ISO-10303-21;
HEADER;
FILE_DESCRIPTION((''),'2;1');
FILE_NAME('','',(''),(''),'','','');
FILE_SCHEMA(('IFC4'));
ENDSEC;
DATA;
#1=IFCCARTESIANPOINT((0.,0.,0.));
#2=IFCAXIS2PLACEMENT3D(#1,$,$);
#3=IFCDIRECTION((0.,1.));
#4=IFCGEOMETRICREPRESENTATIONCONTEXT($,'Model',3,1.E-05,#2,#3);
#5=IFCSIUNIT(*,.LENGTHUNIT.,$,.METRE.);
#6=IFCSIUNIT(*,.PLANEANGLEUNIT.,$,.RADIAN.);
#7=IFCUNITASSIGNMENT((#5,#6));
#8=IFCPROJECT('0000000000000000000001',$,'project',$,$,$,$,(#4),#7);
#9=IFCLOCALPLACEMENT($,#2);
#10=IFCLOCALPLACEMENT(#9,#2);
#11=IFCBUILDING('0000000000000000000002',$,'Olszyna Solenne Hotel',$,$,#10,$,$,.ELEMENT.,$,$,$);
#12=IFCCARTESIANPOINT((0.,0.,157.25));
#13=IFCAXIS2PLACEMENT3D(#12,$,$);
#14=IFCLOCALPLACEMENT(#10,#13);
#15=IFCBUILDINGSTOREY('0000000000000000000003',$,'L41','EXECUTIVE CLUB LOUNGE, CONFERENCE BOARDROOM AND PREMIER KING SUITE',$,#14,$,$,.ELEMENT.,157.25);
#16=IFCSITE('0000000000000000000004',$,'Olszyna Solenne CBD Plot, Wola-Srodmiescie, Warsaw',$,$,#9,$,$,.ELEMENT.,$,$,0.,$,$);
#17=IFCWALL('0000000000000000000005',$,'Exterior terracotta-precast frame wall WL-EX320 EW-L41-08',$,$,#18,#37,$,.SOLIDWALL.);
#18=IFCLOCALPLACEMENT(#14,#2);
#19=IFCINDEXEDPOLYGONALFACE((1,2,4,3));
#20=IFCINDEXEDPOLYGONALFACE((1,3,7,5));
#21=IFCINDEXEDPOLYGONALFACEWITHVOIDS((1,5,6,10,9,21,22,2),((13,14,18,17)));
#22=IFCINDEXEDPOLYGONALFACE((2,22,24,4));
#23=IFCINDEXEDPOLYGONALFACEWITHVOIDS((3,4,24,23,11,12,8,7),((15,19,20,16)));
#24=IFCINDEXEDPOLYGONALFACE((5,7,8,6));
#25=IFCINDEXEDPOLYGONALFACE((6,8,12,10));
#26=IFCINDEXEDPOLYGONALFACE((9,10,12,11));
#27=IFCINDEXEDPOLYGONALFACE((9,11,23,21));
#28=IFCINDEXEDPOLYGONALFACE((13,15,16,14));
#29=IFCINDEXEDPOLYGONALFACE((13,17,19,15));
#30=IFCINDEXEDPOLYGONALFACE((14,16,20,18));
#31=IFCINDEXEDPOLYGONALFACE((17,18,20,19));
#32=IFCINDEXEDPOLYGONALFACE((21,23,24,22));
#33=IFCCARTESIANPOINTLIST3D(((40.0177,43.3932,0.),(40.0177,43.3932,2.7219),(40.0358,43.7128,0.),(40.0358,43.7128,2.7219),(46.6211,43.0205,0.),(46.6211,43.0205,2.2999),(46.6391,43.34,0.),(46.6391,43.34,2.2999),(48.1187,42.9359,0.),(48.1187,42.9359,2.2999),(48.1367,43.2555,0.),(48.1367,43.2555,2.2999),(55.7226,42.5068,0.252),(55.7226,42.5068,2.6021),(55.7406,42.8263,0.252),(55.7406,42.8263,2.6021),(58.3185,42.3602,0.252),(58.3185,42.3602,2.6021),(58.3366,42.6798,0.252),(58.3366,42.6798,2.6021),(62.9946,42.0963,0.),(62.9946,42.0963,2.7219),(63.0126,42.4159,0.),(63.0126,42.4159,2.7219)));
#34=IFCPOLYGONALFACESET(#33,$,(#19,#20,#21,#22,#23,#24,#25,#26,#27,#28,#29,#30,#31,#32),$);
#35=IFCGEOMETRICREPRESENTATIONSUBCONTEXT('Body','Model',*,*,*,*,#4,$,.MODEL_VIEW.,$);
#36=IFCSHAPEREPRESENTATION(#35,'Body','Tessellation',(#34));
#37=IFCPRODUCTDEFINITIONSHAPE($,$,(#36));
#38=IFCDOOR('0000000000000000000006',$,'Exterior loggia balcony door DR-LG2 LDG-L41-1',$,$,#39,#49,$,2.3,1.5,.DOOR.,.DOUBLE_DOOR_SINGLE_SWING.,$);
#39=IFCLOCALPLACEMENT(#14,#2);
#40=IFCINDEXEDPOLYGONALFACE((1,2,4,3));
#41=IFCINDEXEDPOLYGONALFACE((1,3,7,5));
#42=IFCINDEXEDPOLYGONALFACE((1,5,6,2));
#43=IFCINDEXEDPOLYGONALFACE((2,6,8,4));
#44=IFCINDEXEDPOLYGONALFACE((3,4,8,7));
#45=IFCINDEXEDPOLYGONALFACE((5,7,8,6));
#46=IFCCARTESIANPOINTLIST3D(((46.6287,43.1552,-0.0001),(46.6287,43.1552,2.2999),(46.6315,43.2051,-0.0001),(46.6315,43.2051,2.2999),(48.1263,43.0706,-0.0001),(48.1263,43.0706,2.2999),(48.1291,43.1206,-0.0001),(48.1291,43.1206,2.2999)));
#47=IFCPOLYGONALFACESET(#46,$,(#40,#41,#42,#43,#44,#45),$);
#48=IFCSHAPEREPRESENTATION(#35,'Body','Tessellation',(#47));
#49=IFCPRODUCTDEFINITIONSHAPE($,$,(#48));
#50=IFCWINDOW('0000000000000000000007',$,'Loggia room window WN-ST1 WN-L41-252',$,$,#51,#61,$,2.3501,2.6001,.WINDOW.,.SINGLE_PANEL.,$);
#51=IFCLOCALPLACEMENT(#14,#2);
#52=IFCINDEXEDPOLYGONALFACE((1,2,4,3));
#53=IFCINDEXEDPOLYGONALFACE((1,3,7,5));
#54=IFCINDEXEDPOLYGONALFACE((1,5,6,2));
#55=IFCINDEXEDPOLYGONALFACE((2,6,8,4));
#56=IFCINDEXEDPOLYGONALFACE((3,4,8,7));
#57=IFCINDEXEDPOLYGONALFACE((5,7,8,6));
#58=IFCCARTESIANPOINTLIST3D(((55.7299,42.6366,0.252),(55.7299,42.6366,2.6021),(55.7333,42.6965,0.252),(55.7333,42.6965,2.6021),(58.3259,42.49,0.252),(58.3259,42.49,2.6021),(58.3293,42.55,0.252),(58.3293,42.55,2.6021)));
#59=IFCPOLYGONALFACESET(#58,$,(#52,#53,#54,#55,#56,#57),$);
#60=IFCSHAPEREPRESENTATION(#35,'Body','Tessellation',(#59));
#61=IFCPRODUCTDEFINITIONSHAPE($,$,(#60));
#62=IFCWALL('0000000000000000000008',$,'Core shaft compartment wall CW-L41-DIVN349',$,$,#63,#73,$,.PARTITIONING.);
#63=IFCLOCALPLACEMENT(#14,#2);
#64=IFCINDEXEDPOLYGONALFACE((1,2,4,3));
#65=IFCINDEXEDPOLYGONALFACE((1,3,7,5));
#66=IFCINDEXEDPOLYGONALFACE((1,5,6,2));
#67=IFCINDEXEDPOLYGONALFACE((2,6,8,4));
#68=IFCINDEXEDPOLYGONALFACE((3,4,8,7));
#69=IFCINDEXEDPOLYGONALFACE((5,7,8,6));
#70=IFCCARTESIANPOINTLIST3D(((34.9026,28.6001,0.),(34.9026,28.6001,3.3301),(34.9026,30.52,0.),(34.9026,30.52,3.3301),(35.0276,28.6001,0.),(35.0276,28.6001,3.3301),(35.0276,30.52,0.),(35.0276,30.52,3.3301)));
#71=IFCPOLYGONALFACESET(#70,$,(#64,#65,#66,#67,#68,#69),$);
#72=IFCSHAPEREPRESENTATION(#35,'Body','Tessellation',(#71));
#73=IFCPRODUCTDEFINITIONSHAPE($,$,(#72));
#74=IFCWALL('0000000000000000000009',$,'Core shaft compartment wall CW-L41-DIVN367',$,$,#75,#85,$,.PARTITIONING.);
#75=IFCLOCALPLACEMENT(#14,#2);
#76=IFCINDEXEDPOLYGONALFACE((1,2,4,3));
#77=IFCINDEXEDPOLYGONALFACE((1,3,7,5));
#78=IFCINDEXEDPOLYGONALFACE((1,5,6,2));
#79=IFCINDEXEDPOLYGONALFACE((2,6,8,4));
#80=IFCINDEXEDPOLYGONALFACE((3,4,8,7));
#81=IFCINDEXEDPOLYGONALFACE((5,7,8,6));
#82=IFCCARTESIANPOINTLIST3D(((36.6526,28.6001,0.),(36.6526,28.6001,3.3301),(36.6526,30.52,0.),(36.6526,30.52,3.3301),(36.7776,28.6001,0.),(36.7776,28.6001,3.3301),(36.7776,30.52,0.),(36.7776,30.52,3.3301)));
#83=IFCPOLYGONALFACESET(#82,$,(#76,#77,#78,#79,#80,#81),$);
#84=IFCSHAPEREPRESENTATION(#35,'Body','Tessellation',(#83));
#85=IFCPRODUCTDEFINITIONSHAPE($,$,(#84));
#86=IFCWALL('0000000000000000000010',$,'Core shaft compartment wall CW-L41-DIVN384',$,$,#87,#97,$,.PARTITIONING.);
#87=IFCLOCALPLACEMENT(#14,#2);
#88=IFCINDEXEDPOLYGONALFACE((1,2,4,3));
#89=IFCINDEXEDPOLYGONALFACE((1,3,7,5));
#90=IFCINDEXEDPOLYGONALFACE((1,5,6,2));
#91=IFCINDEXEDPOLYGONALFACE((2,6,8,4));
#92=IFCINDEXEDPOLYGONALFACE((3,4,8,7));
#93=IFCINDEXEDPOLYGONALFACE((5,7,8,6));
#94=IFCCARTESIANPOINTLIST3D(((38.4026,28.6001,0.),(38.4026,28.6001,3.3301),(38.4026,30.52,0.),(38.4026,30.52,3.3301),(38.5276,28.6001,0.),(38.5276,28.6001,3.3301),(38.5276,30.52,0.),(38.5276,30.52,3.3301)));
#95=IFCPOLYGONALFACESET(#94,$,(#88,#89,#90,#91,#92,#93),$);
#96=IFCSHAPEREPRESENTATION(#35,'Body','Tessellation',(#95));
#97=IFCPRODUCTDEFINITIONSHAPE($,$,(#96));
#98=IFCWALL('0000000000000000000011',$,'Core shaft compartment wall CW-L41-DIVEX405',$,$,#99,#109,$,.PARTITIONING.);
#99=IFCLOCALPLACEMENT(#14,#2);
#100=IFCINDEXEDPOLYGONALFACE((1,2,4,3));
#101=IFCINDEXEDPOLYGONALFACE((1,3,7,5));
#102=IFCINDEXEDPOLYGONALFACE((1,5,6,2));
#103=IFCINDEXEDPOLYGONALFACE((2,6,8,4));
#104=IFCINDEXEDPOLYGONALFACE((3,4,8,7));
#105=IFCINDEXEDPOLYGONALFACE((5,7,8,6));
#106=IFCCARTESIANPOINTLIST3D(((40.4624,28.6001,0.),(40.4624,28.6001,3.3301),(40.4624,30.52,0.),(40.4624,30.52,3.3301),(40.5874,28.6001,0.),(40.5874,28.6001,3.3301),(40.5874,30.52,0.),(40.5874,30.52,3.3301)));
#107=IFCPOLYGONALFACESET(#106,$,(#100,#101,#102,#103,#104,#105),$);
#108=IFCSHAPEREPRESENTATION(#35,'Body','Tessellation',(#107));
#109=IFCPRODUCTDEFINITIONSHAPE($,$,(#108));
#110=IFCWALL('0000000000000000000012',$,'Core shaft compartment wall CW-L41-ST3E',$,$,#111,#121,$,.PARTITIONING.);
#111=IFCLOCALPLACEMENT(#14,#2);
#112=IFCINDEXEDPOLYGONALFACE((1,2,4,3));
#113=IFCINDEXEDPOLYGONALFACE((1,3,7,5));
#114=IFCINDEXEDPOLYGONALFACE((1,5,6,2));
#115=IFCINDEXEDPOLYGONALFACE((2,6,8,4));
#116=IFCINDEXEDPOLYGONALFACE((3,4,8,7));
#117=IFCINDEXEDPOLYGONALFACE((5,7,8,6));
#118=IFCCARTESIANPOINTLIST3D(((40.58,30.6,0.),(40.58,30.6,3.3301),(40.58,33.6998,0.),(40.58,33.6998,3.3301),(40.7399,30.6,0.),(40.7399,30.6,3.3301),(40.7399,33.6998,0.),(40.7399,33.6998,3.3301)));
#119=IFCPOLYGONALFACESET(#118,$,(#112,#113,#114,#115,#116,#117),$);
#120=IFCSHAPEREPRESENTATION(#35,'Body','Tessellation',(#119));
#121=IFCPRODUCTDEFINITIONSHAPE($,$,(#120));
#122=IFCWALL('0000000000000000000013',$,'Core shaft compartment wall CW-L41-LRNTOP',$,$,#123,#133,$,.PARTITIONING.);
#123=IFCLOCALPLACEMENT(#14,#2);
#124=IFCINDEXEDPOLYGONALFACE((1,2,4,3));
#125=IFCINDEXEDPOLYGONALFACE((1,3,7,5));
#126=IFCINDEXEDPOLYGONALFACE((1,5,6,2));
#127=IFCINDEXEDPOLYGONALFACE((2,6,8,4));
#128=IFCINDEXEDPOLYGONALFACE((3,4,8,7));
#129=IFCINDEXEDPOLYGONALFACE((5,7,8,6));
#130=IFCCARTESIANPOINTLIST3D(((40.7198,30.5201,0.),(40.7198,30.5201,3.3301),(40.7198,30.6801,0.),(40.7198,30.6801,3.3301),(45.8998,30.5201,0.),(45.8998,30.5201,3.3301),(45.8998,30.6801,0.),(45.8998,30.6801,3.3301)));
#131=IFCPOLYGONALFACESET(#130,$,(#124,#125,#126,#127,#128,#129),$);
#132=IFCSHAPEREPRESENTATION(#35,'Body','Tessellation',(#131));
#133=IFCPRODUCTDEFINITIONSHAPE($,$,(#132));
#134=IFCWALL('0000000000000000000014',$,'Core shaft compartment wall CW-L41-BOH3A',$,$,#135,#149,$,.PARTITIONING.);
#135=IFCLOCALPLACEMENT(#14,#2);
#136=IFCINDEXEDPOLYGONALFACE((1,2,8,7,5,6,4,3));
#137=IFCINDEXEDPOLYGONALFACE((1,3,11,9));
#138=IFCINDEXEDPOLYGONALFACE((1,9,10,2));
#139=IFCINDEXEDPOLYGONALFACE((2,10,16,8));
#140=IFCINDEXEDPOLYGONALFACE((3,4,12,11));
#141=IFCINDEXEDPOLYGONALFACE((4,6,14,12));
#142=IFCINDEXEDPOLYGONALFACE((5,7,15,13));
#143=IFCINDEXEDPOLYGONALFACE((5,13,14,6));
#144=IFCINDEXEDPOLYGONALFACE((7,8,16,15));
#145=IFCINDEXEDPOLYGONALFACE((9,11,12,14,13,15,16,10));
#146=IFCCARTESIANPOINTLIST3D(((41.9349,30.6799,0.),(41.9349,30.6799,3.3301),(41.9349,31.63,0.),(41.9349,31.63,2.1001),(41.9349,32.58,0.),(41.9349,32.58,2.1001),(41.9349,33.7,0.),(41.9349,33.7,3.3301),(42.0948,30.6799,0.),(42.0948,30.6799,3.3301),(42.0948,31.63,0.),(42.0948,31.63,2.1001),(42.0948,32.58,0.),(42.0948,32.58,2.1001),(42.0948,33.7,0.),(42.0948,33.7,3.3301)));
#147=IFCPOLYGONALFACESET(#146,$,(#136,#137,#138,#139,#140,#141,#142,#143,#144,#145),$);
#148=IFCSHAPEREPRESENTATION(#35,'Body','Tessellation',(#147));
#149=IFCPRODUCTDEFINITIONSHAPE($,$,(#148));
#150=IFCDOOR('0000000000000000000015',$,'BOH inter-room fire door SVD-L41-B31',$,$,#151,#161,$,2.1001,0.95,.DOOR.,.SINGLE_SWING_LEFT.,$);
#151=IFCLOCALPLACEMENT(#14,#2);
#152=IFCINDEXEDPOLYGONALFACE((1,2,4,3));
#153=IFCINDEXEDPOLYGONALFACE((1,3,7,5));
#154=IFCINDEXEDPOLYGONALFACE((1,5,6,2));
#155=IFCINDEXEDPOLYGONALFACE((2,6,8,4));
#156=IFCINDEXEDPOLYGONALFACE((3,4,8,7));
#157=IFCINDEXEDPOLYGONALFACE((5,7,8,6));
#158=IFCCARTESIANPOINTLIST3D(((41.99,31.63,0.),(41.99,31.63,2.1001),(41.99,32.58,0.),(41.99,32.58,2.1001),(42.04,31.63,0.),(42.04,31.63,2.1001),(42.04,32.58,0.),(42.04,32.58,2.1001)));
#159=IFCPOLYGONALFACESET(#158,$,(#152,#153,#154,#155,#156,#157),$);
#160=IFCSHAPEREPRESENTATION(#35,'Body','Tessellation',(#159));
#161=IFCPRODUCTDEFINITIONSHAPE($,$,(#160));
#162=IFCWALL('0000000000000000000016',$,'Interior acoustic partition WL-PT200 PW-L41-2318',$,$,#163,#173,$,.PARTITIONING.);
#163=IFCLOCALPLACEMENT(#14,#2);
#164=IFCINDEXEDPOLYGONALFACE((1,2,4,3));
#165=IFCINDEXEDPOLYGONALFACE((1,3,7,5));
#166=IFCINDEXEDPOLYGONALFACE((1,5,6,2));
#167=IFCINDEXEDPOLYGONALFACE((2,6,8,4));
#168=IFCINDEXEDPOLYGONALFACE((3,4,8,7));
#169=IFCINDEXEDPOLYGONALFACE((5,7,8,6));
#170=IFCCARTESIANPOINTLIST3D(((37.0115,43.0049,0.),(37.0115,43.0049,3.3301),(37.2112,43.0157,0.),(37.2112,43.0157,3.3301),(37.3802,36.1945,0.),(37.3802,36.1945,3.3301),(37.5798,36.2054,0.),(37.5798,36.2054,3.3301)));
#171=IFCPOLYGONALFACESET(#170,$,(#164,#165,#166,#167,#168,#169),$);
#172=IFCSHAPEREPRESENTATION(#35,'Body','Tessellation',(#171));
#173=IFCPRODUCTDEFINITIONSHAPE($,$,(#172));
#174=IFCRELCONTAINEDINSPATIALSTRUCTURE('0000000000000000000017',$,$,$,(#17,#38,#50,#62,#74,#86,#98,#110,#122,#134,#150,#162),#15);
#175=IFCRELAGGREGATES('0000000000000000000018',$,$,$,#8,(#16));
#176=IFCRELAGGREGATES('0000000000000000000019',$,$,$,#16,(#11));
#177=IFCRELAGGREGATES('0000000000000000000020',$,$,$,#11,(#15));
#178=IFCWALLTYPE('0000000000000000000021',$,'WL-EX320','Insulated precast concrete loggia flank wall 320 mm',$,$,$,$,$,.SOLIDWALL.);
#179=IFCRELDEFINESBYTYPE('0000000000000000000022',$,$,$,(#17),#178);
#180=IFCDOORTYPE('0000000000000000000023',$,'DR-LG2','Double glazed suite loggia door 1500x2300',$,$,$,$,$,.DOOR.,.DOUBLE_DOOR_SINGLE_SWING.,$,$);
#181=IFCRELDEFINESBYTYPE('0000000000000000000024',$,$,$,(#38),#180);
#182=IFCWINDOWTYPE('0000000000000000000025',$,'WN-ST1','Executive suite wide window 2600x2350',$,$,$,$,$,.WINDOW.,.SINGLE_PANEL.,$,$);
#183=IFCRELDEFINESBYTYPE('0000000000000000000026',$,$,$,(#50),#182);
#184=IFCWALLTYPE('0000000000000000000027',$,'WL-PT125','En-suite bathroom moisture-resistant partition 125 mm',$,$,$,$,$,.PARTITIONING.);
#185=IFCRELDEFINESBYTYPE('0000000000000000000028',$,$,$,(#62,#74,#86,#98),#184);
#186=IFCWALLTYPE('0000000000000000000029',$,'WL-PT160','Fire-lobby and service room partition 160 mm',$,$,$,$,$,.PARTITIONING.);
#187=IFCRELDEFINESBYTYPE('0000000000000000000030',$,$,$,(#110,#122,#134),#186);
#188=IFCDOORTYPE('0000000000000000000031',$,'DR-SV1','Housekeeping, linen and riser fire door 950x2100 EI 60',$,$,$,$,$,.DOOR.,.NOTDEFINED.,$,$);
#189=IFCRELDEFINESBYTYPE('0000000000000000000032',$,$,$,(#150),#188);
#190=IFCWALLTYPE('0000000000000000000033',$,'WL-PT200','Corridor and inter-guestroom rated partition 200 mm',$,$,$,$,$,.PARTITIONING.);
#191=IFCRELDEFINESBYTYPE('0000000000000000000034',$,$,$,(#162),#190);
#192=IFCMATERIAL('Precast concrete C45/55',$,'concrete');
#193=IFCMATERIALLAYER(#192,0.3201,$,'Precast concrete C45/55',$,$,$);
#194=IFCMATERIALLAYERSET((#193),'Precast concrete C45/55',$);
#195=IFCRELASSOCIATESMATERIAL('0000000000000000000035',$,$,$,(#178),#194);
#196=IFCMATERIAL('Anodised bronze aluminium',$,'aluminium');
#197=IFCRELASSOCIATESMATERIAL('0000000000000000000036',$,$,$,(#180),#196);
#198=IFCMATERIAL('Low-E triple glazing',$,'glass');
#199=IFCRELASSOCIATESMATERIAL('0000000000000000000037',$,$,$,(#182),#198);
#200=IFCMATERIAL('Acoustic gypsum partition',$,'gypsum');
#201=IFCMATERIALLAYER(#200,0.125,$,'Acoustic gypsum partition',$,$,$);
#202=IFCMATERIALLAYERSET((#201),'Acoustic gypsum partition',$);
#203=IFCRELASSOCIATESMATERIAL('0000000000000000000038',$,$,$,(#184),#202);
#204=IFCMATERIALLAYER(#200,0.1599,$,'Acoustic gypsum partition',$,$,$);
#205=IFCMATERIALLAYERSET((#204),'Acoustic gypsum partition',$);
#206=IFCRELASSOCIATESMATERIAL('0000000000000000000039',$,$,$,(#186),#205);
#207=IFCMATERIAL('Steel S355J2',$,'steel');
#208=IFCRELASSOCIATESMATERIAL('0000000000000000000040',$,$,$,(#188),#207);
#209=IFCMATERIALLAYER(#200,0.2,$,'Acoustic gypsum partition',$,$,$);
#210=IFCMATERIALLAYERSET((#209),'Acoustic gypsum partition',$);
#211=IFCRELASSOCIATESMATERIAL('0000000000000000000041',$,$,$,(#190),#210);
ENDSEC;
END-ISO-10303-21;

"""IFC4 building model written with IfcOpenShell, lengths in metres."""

from ifc_helpers import new_model, si_unit, direction, frame, frame_2d, origin, place, context, subcontext, project, spatial, rectangle, extrude, source, transform, mapped, material, layer, layer_set, type_object, type_shapes, element, fill, save


model = new_model("IFC4")

# Units and contexts
model_context = context("Model", 3, precision=1e-05, world=origin(), true_north=direction((0.0, 1.0)))
body_context = subcontext(model_context, "Body", "Model", "MODEL_VIEW")
ifc_project = project(units=[si_unit("LENGTHUNIT", "METRE"), si_unit("PLANEANGLEUNIT", "RADIAN")], contexts=[model_context])

# Site, building, storey
site_placement = place(None, origin())
site = spatial("IfcSite", under=ifc_project, at=site_placement, Name="Olszyna Solenne CBD Plot, Wola-Srodmiescie, Warsaw", CompositionType="ELEMENT", RefElevation=0.0)
building_placement = place(site_placement, origin())
building = spatial("IfcBuilding", under=site, at=building_placement, Name="Olszyna Solenne Hotel", CompositionType="ELEMENT")
storey_placement = place(building_placement, frame((0.0, 0.0, 157.25)))
storey = spatial("IfcBuildingStorey", under=building, at=storey_placement, Name="L41", Description="EXECUTIVE CLUB LOUNGE, CONFERENCE BOARDROOM AND PREMIER KING SUITE", CompositionType="ELEMENT", Elevation=157.25)

# Shared definitions
ifc_material_1 = material(Name="Steel S355J2", Category="steel")

# Wall, openings, door, window
ifc_material_2 = material(Name="Precast concrete C45/55", Category="concrete")
ifc_layer_1 = layer(ifc_material_2, 0.3201, Name="Precast concrete C45/55")
ifc_layer_set_1 = layer_set([ifc_layer_1], Name="Precast concrete C45/55")
wall_type_1 = type_object("IfcWallType", Name="WL-EX320", Description="Insulated precast concrete loggia flank wall 320 mm", PredefinedType="SOLIDWALL", material=ifc_layer_set_1)
wall_1_placement = place(storey_placement, frame((40.0266, 43.553, 0.0), z_axis=(0.0, 0.0, 1.0), x_axis=(0.998411, -0.056353, 0.0)))
wall_1 = element("IfcWall", 1, at=wall_1_placement, inside=storey, type_object=wall_type_1, Name="Exterior terracotta-precast frame wall WL-EX320 EW-L41-08", PredefinedType="SOLIDWALL", context=body_context, shape_type="SweptSolid", body=[
    extrude(rectangle(XDim=23.0134, YDim=0.3201, at=frame_2d((11.5068, 0.0))), origin(), (0.0, 0.0, 1.0), 2.7219),
])
opening_1_placement = place(wall_1_placement, frame((6.614, 0.0, 0.0)))
opening_1 = element("IfcOpeningElement", 2, at=opening_1_placement, cuts=wall_1, PredefinedType="OPENING", context=body_context, shape_type="SweptSolid", body=[
    extrude(rectangle(XDim=1.5, YDim=2.3, at=frame_2d((0.75, 1.1499))), frame((0.0, 0.1699, 0.0), z_axis=(0.0, -1.0, 0.0), x_axis=(1.0, 0.0, 0.0)), (0.0, 0.0, 1.0), 0.3401),
])
opening_2_placement = place(wall_1_placement, frame((15.73, 0.0, 0.252)))
opening_2 = element("IfcOpeningElement", 3, at=opening_2_placement, cuts=wall_1, PredefinedType="OPENING", context=body_context, shape_type="SweptSolid", body=[
    extrude(rectangle(XDim=2.6001, YDim=2.3501, at=frame_2d((1.3, 1.175))), frame((0.0, 0.1699, 0.0), z_axis=(0.0, -1.0, 0.0), x_axis=(1.0, 0.0, 0.0)), (0.0, 0.0, 1.0), 0.3401),
])
ifc_material_3 = material(Name="Anodised bronze aluminium", Category="aluminium")
door_type_1 = type_object("IfcDoorType", Name="DR-LG2", Description="Double glazed suite loggia door 1500x2300", OperationType="DOUBLE_DOOR_SINGLE_SWING", PredefinedType="DOOR", material=ifc_material_3)
shared_shape_1 = source(origin(), body_context, "Body", "SweptSolid", [
    extrude(rectangle(XDim=1.5, YDim=2.3, at=frame_2d((0.75, 1.1499))), frame((0.0, 0.0249, 0.0), z_axis=(0.0, -1.0, 0.0), x_axis=(1.0, 0.0, 0.0)), (0.0, 0.0, 1.0), 0.05),
])
type_shapes(door_type_1, [shared_shape_1])
door_1_placement = place(opening_1_placement, origin())
door_1 = element("IfcDoor", 4, at=door_1_placement, inside=storey, type_object=door_type_1, Name="Exterior loggia balcony door DR-LG2 LDG-L41-1", OperationType="DOUBLE_DOOR_SINGLE_SWING", OverallHeight=2.3, OverallWidth=1.5, PredefinedType="DOOR", context=body_context, shape_type="MappedRepresentation", body=[
    mapped(shared_shape_1, transform((0.0, 0.0, 0.0), x_axis=(1.0, 0.0, 0.0), y_axis=(0.0, 1.0, 0.0), z_axis=(0.0, 0.0, 1.0), scale=1.0)),
])
fill(opening_1, door_1)
ifc_material_4 = material(Name="Low-E triple glazing", Category="glass")
window_type = type_object("IfcWindowType", Name="WN-ST1", Description="Executive suite wide window 2600x2350", PartitioningType="SINGLE_PANEL", PredefinedType="WINDOW", material=ifc_material_4)
shared_shape_2 = source(origin(), body_context, "Body", "SweptSolid", [
    extrude(rectangle(XDim=2.6001, YDim=2.3501, at=frame_2d((1.3, 1.175))), frame((0.0, 0.03, 0.0), z_axis=(0.0, -1.0, 0.0), x_axis=(1.0, 0.0, 0.0)), (0.0, 0.0, 1.0), 0.0601),
])
type_shapes(window_type, [shared_shape_2])
window_placement = place(opening_2_placement, origin())
window = element("IfcWindow", 5, at=window_placement, inside=storey, type_object=window_type, Name="Loggia room window WN-ST1 WN-L41-252", OverallHeight=2.3501, OverallWidth=2.6001, PartitioningType="SINGLE_PANEL", PredefinedType="WINDOW", context=body_context, shape_type="MappedRepresentation", body=[
    mapped(shared_shape_2, transform((0.0, 0.0, 0.0), x_axis=(1.0, 0.0, 0.0), y_axis=(0.0, 1.0, 0.0), z_axis=(0.0, 0.0, 1.0), scale=1.0)),
])
fill(opening_2, window)

# Walls
ifc_material_5 = material(Name="Acoustic gypsum partition", Category="gypsum")
ifc_layer_2 = layer(ifc_material_5, 0.125, Name="Acoustic gypsum partition")
ifc_layer_set_2 = layer_set([ifc_layer_2], Name="Acoustic gypsum partition")
wall_type_2 = type_object("IfcWallType", Name="WL-PT125", Description="En-suite bathroom moisture-resistant partition 125 mm", PredefinedType="PARTITIONING", material=ifc_layer_set_2)
for number, where, z_axis, x_axis, name in (
    (6, (34.9651, 28.6001, 0.0), (0.0, 0.0, 1.0), (0.0, 1.0, 0.0), "Core shaft compartment wall CW-L41-DIVN349"),
    (7, (36.7151, 28.6001, 0.0), (0.0, 0.0, 1.0), (0.0, 1.0, 0.0), "Core shaft compartment wall CW-L41-DIVN367"),
    (8, (38.4651, 28.6001, 0.0), (0.0, 0.0, 1.0), (0.0, 1.0, 0.0), "Core shaft compartment wall CW-L41-DIVN384"),
    (9, (40.5249, 28.6001, 0.0), (0.0, 0.0, 1.0), (0.0, 1.0, 0.0), "Core shaft compartment wall CW-L41-DIVEX405"),
):
    element("IfcWall", number, at=place(storey_placement, frame(where, z_axis=z_axis, x_axis=x_axis)), inside=storey, type_object=wall_type_2, Name=name, PredefinedType="PARTITIONING", context=body_context, shape_type="SweptSolid", body=[
        extrude(rectangle(XDim=1.9199, YDim=0.125, at=frame_2d((0.96, 0.0))), origin(), (0.0, 0.0, 1.0), 3.3301),
    ])
ifc_layer_3 = layer(ifc_material_5, 0.1599, Name="Acoustic gypsum partition")
ifc_layer_set_3 = layer_set([ifc_layer_3], Name="Acoustic gypsum partition")
wall_type_3 = type_object("IfcWallType", Name="WL-PT160", Description="Fire-lobby and service room partition 160 mm", PredefinedType="PARTITIONING", material=ifc_layer_set_3)
wall_2_placement = place(storey_placement, frame((40.6599, 30.6001, 0.0), z_axis=(0.0, 0.0, 1.0), x_axis=(0.0, 1.0, 0.0)))
element("IfcWall", 10, at=wall_2_placement, inside=storey, type_object=wall_type_3, Name="Core shaft compartment wall CW-L41-ST3E", PredefinedType="PARTITIONING", context=body_context, shape_type="SweptSolid", body=[
    extrude(rectangle(XDim=3.0999, YDim=0.1599, at=frame_2d((1.5498, 0.0))), origin(), (0.0, 0.0, 1.0), 3.3301),
])
wall_3_placement = place(storey_placement, frame((40.72, 30.6001, 0.0), z_axis=(0.0, 0.0, 1.0), x_axis=(1.0, 0.0, 0.0)))
element("IfcWall", 11, at=wall_3_placement, inside=storey, type_object=wall_type_3, Name="Core shaft compartment wall CW-L41-LRNTOP", PredefinedType="PARTITIONING", context=body_context, shape_type="SweptSolid", body=[
    extrude(rectangle(XDim=5.1799, YDim=0.1599, at=frame_2d((2.5898, 0.0))), origin(), (0.0, 0.0, 1.0), 3.3301),
])

# Wall, opening, door
wall_4_placement = place(storey_placement, frame((42.0149, 30.6799, 0.0), z_axis=(0.0, 0.0, 1.0), x_axis=(0.0, 1.0, 0.0)))
wall_4 = element("IfcWall", 12, at=wall_4_placement, inside=storey, type_object=wall_type_3, Name="Core shaft compartment wall CW-L41-BOH3A", PredefinedType="PARTITIONING", context=body_context, shape_type="SweptSolid", body=[
    extrude(rectangle(XDim=3.02, YDim=0.1599, at=frame_2d((1.51, 0.0))), origin(), (0.0, 0.0, 1.0), 3.3301),
])
opening_3_placement = place(wall_4_placement, frame((0.95, 0.0, 0.0)))
opening_3 = element("IfcOpeningElement", 13, at=opening_3_placement, cuts=wall_4, PredefinedType="OPENING", context=body_context, shape_type="SweptSolid", body=[
    extrude(rectangle(XDim=0.95, YDim=2.1001, at=frame_2d((0.4751, 1.05))), frame((0.0, 0.0898, 0.0), z_axis=(0.0, -1.0, 0.0), x_axis=(1.0, 0.0, 0.0)), (0.0, 0.0, 1.0), 0.1799),
])
door_type_2 = type_object("IfcDoorType", Name="DR-SV1", Description="Housekeeping, linen and riser fire door 950x2100 EI 60", OperationType="NOTDEFINED", PredefinedType="DOOR", material=ifc_material_1)
shared_shape_3 = source(origin(), body_context, "Body", "SweptSolid", [
    extrude(rectangle(XDim=0.95, YDim=2.1001, at=frame_2d((0.4751, 1.05))), frame((0.0, 0.0249, 0.0), z_axis=(0.0, -1.0, 0.0), x_axis=(1.0, 0.0, 0.0)), (0.0, 0.0, 1.0), 0.05),
])
type_shapes(door_type_2, [shared_shape_3])
door_2_placement = place(opening_3_placement, origin())
door_2 = element("IfcDoor", 14, at=door_2_placement, inside=storey, type_object=door_type_2, Name="BOH inter-room fire door SVD-L41-B31", OperationType="SINGLE_SWING_LEFT", OverallHeight=2.1001, OverallWidth=0.95, PredefinedType="DOOR", context=body_context, shape_type="MappedRepresentation", body=[
    mapped(shared_shape_3, transform((0.0, 0.0, 0.0), x_axis=(1.0, 0.0, 0.0), y_axis=(0.0, 1.0, 0.0), z_axis=(0.0, 0.0, 1.0), scale=1.0)),
])
fill(opening_3, door_2)

# Wall
ifc_layer_4 = layer(ifc_material_5, 0.2, Name="Acoustic gypsum partition")
ifc_layer_set_4 = layer_set([ifc_layer_4], Name="Acoustic gypsum partition")
wall_type_4 = type_object("IfcWallType", Name="WL-PT200", Description="Corridor and inter-guestroom rated partition 200 mm", PredefinedType="PARTITIONING", material=ifc_layer_set_4)
wall_5_placement = place(storey_placement, frame((37.48, 36.2, 0.0), z_axis=(0.0, 0.0, 1.0), x_axis=(-0.054052, 0.998538, 0.0)))
element("IfcWall", 15, at=wall_5_placement, inside=storey, type_object=wall_type_4, Name="Interior acoustic partition WL-PT200 PW-L41-2318", PredefinedType="PARTITIONING", context=body_context, shape_type="SweptSolid", body=[
    extrude(rectangle(XDim=6.8203, YDim=0.2, at=frame_2d((3.4102, 0.0))), origin(), (0.0, 0.0, 1.0), 3.3301),
])

save(model, "model.ifc")
